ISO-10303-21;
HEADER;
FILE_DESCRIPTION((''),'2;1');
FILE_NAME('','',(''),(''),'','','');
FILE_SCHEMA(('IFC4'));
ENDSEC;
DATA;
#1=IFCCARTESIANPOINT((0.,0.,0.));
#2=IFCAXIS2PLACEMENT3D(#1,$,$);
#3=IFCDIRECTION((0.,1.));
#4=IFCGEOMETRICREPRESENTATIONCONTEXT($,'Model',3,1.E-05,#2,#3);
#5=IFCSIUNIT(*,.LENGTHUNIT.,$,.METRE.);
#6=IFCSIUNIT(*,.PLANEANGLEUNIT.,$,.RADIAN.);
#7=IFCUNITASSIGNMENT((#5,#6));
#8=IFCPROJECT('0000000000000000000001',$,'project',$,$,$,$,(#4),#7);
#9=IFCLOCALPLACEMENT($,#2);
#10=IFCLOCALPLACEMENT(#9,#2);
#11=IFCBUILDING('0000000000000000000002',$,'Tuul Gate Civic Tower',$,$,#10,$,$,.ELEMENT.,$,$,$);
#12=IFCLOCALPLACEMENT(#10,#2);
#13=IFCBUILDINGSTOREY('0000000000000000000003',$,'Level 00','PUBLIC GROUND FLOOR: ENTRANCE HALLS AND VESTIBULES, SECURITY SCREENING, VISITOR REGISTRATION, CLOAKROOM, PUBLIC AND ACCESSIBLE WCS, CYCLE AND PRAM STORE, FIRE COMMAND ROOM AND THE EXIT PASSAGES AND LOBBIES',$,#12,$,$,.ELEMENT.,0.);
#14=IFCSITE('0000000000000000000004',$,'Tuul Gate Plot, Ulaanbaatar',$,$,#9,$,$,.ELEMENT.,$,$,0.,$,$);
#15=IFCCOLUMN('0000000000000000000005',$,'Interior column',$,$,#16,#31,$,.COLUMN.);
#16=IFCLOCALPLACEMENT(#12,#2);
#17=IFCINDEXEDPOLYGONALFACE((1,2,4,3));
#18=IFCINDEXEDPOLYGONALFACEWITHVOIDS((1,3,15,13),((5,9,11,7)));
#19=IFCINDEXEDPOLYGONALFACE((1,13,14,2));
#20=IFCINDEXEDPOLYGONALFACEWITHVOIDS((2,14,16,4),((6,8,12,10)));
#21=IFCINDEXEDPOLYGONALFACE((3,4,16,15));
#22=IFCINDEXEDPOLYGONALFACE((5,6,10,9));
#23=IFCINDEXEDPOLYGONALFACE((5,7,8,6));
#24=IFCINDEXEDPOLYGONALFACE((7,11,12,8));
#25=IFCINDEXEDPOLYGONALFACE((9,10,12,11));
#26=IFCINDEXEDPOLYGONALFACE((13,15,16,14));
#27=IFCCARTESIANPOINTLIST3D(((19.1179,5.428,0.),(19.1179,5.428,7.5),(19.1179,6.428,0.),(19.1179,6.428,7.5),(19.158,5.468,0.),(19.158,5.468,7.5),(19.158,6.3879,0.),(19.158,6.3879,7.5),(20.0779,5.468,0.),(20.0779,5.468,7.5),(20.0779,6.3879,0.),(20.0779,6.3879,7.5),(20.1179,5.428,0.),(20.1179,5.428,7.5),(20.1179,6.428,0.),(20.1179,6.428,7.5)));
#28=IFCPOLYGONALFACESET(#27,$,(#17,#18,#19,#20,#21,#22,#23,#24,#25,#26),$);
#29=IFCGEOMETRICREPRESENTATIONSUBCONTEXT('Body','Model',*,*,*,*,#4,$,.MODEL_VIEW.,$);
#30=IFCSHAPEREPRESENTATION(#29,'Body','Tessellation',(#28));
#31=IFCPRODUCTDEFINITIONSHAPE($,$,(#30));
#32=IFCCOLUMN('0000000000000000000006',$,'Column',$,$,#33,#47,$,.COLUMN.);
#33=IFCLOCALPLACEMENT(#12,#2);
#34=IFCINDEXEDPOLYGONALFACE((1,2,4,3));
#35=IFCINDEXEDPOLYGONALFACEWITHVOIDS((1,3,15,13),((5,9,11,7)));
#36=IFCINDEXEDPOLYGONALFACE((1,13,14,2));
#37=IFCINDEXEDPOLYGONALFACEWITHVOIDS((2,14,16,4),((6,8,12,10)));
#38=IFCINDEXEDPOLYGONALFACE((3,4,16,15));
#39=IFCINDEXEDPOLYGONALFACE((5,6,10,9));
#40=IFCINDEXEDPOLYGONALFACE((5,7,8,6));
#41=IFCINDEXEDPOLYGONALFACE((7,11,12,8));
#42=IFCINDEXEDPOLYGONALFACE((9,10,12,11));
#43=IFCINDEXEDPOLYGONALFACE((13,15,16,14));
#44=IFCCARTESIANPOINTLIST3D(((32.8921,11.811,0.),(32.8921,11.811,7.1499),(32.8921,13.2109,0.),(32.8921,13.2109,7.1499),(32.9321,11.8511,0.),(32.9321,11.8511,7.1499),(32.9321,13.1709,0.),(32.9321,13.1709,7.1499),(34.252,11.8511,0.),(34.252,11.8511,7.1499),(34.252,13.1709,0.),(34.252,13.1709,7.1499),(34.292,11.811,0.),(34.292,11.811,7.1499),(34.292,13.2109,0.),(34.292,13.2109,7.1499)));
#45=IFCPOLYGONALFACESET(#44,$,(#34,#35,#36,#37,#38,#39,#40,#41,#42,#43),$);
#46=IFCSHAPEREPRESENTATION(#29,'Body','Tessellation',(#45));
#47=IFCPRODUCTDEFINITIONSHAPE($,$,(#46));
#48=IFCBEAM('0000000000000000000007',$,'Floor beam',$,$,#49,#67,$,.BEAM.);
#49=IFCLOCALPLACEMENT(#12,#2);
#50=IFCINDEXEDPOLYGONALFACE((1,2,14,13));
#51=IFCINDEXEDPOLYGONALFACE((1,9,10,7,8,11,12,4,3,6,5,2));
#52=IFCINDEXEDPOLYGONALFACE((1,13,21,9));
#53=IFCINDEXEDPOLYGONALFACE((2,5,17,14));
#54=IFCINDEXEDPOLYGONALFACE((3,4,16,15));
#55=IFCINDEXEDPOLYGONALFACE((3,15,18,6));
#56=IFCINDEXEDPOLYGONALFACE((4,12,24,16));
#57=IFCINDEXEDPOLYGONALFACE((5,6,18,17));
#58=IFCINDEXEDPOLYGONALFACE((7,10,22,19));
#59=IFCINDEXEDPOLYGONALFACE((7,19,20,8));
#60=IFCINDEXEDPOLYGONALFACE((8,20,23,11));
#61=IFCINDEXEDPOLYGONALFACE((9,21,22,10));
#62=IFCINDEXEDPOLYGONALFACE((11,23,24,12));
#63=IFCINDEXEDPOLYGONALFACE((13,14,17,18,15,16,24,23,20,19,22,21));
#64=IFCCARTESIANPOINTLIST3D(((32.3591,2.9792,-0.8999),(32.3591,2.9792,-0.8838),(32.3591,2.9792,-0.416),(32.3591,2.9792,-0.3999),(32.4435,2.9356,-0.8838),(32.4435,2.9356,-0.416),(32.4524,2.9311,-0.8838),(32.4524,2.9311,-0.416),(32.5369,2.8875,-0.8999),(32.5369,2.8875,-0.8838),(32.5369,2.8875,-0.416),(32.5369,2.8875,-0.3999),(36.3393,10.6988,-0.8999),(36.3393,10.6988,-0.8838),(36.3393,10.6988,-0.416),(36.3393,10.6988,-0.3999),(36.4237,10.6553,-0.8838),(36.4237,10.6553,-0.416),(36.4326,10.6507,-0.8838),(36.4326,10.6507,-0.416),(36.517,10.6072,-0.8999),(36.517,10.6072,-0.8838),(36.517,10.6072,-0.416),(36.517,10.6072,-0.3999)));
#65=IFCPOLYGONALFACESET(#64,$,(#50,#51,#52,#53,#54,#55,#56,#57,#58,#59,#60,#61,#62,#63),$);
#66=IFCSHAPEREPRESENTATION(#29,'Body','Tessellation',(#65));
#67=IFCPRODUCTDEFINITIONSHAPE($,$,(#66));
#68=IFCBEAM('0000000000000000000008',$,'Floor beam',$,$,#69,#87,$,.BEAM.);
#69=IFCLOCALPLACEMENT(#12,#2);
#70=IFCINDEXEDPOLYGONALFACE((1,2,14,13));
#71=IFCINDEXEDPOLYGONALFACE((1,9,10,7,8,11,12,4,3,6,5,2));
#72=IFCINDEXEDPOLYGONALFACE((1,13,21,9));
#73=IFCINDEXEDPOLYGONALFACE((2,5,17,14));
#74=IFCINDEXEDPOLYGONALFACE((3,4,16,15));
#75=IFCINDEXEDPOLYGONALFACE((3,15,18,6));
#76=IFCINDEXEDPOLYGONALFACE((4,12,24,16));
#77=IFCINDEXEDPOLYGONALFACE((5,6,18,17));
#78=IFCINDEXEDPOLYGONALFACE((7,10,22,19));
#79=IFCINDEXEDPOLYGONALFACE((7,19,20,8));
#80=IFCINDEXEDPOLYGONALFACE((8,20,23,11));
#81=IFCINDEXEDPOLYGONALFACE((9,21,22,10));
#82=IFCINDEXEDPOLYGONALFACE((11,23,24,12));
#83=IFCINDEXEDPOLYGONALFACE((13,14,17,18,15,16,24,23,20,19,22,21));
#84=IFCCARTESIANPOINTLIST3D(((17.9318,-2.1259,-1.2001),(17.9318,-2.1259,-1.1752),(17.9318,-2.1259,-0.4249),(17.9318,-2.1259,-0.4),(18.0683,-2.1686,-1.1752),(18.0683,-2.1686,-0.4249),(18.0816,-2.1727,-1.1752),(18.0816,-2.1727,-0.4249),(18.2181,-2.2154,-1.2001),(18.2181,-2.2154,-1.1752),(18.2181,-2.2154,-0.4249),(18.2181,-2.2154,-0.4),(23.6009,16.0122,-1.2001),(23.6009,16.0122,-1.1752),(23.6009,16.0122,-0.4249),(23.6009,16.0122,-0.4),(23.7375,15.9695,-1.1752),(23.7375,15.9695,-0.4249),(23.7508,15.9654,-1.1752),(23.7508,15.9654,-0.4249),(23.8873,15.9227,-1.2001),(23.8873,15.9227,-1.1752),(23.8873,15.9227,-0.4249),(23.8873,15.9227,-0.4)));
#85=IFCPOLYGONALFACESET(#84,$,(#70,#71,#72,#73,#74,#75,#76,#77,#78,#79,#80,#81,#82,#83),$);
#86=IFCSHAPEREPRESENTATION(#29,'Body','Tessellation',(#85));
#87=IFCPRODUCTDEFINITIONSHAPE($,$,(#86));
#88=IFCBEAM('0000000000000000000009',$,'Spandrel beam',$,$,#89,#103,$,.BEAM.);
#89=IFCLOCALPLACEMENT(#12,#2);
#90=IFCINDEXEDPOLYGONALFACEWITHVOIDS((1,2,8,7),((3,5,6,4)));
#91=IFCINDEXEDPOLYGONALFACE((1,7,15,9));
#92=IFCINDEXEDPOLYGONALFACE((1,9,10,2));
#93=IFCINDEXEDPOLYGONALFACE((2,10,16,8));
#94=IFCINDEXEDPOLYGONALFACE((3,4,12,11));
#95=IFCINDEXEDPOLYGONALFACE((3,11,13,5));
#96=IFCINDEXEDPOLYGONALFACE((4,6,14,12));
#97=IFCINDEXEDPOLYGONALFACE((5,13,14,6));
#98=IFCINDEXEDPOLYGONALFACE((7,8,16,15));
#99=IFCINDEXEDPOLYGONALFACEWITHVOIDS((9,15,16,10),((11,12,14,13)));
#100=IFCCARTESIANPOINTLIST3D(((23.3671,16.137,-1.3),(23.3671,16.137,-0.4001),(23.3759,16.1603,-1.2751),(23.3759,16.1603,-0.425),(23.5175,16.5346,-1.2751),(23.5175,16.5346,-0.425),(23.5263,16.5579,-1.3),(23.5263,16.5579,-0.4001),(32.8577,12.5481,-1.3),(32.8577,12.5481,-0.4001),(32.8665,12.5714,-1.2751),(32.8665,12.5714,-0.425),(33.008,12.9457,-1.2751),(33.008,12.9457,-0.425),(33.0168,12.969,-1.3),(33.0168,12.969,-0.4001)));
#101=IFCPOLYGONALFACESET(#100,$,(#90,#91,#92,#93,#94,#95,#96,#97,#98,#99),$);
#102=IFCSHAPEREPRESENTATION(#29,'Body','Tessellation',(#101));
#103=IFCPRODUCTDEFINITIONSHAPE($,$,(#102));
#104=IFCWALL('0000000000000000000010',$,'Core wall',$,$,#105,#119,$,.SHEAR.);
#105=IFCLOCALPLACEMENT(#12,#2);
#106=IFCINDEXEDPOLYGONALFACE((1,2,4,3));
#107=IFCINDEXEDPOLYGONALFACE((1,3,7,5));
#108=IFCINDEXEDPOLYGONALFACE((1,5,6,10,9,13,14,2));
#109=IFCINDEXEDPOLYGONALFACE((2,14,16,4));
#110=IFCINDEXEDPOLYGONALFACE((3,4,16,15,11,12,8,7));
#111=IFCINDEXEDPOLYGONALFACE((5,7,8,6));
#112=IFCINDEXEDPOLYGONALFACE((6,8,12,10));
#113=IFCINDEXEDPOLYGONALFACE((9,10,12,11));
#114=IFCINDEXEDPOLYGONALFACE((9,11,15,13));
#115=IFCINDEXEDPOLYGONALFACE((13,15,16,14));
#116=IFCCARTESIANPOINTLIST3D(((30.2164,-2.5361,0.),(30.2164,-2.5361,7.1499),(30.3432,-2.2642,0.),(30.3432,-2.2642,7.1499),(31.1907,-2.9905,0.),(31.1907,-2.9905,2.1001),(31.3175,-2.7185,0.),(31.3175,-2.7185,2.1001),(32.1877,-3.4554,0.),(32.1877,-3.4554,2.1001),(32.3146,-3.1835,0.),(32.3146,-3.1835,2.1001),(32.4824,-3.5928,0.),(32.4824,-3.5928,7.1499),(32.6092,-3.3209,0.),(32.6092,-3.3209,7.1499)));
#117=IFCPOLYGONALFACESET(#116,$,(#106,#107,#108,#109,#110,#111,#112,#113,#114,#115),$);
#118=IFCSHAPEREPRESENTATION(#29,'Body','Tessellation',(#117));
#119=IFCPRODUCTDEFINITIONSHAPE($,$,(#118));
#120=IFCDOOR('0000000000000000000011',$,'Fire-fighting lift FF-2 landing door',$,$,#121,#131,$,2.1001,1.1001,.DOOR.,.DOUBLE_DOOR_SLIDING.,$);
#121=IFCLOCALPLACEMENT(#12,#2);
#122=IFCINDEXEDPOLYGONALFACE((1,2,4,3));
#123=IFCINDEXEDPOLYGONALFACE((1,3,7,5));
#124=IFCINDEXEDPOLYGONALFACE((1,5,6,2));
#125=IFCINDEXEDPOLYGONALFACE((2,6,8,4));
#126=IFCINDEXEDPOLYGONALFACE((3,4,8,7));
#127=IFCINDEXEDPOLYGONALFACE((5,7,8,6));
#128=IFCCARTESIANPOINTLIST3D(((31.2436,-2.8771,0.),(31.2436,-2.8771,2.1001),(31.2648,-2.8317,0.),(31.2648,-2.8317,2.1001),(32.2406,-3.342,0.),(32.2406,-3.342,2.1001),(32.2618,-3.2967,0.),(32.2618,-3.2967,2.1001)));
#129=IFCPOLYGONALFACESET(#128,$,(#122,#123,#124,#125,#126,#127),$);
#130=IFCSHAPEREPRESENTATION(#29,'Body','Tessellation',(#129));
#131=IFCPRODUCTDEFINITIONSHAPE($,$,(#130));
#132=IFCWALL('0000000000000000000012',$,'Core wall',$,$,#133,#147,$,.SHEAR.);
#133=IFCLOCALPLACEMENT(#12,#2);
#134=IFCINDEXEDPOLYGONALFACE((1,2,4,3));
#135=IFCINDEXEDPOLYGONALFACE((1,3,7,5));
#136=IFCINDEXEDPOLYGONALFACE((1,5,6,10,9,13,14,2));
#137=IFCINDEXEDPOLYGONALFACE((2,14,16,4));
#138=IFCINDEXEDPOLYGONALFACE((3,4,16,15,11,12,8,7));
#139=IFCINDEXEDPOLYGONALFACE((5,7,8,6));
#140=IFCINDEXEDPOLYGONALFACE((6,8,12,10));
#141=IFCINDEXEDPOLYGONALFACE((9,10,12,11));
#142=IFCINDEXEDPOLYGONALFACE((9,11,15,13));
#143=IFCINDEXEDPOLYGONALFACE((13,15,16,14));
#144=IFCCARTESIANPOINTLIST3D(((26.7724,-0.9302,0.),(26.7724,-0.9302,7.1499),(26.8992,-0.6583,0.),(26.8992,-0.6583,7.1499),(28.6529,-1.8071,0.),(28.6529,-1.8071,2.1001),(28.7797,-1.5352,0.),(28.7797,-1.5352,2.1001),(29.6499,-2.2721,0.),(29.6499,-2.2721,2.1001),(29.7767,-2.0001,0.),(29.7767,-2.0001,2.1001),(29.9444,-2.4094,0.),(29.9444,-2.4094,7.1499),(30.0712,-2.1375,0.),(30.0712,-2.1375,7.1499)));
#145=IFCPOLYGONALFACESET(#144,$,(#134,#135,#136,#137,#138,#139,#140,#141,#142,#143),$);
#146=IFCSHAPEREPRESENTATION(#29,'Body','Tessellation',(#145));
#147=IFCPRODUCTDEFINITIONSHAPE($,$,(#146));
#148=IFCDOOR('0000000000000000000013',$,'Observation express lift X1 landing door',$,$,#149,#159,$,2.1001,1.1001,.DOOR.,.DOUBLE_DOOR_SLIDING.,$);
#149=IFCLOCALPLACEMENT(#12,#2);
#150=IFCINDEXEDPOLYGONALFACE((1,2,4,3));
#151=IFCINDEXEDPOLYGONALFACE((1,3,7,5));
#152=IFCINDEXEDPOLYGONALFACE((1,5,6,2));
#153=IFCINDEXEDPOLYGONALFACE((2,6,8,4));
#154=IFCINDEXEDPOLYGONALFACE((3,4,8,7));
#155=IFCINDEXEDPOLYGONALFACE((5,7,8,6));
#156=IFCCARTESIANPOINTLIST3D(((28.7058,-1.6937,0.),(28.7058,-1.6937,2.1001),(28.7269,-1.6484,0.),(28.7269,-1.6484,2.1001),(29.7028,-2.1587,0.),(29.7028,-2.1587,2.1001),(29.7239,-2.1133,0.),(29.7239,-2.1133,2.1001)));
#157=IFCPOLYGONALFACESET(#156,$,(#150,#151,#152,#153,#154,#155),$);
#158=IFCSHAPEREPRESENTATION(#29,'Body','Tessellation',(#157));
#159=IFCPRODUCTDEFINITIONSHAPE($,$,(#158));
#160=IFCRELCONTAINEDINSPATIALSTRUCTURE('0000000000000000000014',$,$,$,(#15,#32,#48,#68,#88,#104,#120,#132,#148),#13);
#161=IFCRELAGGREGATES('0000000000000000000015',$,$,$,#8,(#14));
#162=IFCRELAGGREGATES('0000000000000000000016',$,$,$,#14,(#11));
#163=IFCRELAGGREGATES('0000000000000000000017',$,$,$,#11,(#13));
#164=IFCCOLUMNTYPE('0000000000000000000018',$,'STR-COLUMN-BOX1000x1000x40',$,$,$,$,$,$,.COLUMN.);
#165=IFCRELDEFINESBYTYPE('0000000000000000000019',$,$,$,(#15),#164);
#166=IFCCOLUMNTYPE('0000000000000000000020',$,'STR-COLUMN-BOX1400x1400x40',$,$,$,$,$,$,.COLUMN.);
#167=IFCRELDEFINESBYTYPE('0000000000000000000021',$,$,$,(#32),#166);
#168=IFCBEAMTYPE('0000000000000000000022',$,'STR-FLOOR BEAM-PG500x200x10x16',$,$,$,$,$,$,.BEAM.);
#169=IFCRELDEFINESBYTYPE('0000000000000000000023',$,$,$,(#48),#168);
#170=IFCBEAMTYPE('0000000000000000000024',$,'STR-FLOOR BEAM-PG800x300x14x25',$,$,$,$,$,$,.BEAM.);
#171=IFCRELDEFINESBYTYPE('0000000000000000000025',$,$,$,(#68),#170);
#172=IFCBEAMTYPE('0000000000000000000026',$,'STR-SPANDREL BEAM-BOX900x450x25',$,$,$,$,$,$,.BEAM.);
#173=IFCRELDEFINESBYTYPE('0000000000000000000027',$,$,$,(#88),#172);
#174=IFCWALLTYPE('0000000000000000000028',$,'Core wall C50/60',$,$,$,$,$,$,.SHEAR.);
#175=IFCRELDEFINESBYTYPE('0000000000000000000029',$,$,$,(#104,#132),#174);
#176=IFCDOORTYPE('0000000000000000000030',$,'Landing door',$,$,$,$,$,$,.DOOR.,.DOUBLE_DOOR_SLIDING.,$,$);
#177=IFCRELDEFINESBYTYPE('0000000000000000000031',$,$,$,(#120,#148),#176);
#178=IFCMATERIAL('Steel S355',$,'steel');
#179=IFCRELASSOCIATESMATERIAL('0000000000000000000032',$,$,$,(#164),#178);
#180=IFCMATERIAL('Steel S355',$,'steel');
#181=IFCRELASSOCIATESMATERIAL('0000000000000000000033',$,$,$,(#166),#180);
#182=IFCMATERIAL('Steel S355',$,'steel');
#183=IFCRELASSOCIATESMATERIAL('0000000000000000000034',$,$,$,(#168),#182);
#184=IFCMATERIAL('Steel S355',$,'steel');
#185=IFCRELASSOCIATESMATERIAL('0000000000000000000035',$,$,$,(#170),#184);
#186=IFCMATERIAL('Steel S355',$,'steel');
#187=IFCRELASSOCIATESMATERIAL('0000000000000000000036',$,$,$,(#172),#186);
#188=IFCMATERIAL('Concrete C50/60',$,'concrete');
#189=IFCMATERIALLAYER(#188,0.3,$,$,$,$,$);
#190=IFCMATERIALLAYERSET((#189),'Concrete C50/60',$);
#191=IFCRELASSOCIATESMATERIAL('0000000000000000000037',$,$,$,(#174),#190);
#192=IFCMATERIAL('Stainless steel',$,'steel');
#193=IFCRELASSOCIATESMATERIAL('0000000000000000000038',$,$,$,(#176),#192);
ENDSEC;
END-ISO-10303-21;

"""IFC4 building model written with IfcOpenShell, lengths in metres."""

from ifc_helpers import new_model, si_unit, direction, frame, frame_2d, origin, origin_2d, place, context, subcontext, project, spatial, rectangle, hollow_rectangle, i_section, extrude, material, layer, layer_set, material_profile, profile_set, type_object, element, fill, save


model = new_model("IFC4")

# Units and contexts
model_context = context("Model", 3, precision=1e-05, world=origin(), true_north=direction((0.0, 1.0)))
body_context = subcontext(model_context, "Body", "Model", "MODEL_VIEW")
ifc_project = project(units=[si_unit("LENGTHUNIT", "METRE"), si_unit("PLANEANGLEUNIT", "RADIAN")], contexts=[model_context])

# Site, building, storey
site_placement = place(None, origin())
site = spatial("IfcSite", under=ifc_project, at=site_placement, Name="Tuul Gate Plot, Ulaanbaatar", CompositionType="ELEMENT", RefElevation=0.0)
building_placement = place(site_placement, origin())
building = spatial("IfcBuilding", under=site, at=building_placement, Name="Tuul Gate Civic Tower", CompositionType="ELEMENT")
storey_placement = place(building_placement, origin())
storey = spatial("IfcBuildingStorey", under=building, at=storey_placement, Name="Level 00", Description="PUBLIC GROUND FLOOR: ENTRANCE HALLS AND VESTIBULES, SECURITY SCREENING, VISITOR REGISTRATION, CLOAKROOM, PUBLIC AND ACCESSIBLE WCS, CYCLE AND PRAM STORE, FIRE COMMAND ROOM AND THE EXIT PASSAGES AND LOBBIES", CompositionType="ELEMENT", Elevation=0.0)

# Columns
ifc_material_1 = material(Name="Steel S355", Category="steel")
ifc_material_profile_1 = material_profile(ifc_material_1, hollow_rectangle(XDim=1.0, YDim=1.0, WallThickness=0.04, at=origin_2d()), Name="BOX1000x1000x40")
ifc_profile_set_1 = profile_set([ifc_material_profile_1], Name="Steel S355")
column_type_1 = type_object("IfcColumnType", Name="STR-COLUMN-BOX1000x1000x40", PredefinedType="COLUMN", material=ifc_profile_set_1)
column_1_placement = place(storey_placement, frame((19.6179, 5.928, 0.0), z_axis=(0.0, 0.0, 1.0), x_axis=(1.0, 0.0, 0.0)))
element("IfcColumn", 1, at=column_1_placement, inside=storey, type_object=column_type_1, Name="Interior column", PredefinedType="COLUMN", context=body_context, shape_type="SweptSolid", body=[
    extrude(hollow_rectangle(XDim=1.0, YDim=1.0, WallThickness=0.04, at=origin_2d()), origin(), (0.0, 0.0, 1.0), 7.5),
])
ifc_material_2 = material(Name="Steel S355", Category="steel")
ifc_material_profile_2 = material_profile(ifc_material_2, hollow_rectangle(XDim=1.3999, YDim=1.3999, WallThickness=0.04, at=origin_2d()), Name="BOX1400x1400x40")
ifc_profile_set_2 = profile_set([ifc_material_profile_2], Name="Steel S355")
column_type_2 = type_object("IfcColumnType", Name="STR-COLUMN-BOX1400x1400x40", PredefinedType="COLUMN", material=ifc_profile_set_2)
column_2_placement = place(storey_placement, frame((33.592, 12.511, 0.0), z_axis=(0.0, 0.0, 1.0), x_axis=(1.0, 0.0, 0.0)))
element("IfcColumn", 2, at=column_2_placement, inside=storey, type_object=column_type_2, Name="Column", PredefinedType="COLUMN", context=body_context, shape_type="SweptSolid", body=[
    extrude(hollow_rectangle(XDim=1.3999, YDim=1.3999, WallThickness=0.04, at=origin_2d()), origin(), (0.0, 0.0, 1.0), 7.1499),
])

# Beams
ifc_material_3 = material(Name="Steel S355", Category="steel")
ifc_material_profile_3 = material_profile(ifc_material_3, i_section(OverallWidth=0.2, OverallDepth=0.5, WebThickness=0.01, FlangeThickness=0.0161, at=origin_2d()), Name="PG500x200x10x16")
ifc_profile_set_3 = profile_set([ifc_material_profile_3], Name="Steel S355")
beam_type_1 = type_object("IfcBeamType", Name="STR-FLOOR BEAM-PG500x200x10x16", PredefinedType="BEAM", material=ifc_profile_set_3)
beam_1_placement = place(storey_placement, frame((32.448, 2.9333, -0.6499), z_axis=(0.458266, 0.888815, 0.0), x_axis=(-0.888815, 0.458266, 0.0)))
element("IfcBeam", 3, at=beam_1_placement, inside=storey, type_object=beam_type_1, Name="Floor beam", PredefinedType="BEAM", context=body_context, shape_type="SweptSolid", body=[
    extrude(i_section(OverallWidth=0.2, OverallDepth=0.5, WebThickness=0.01, FlangeThickness=0.0161, at=origin_2d()), origin(), (0.0, 0.0, 1.0), 8.6853),
])
ifc_material_4 = material(Name="Steel S355", Category="steel")
ifc_material_profile_4 = material_profile(ifc_material_4, i_section(OverallWidth=0.3, OverallDepth=0.8, WebThickness=0.0139, FlangeThickness=0.0249, at=origin_2d()), Name="PG800x300x14x25")
ifc_profile_set_4 = profile_set([ifc_material_profile_4], Name="Steel S355")
beam_type_2 = type_object("IfcBeamType", Name="STR-FLOOR BEAM-PG800x300x14x25", PredefinedType="BEAM", material=ifc_profile_set_4)
beam_2_placement = place(storey_placement, frame((18.075, -2.1707, -0.8), z_axis=(0.298323, 0.954465, 0.0), x_axis=(-0.954465, 0.298323, 0.0)))
element("IfcBeam", 4, at=beam_2_placement, inside=storey, type_object=beam_type_2, Name="Floor beam", PredefinedType="BEAM", context=body_context, shape_type="SweptSolid", body=[
    extrude(i_section(OverallWidth=0.3, OverallDepth=0.8, WebThickness=0.0139, FlangeThickness=0.0249, at=origin_2d()), origin(), (0.0, 0.0, 1.0), 19.0034),
])
ifc_material_5 = material(Name="Steel S355", Category="steel")
ifc_material_profile_5 = material_profile(ifc_material_5, hollow_rectangle(XDim=0.45, YDim=0.8999, WallThickness=0.0249, at=origin_2d()), Name="BOX900x450x25")
ifc_profile_set_5 = profile_set([ifc_material_profile_5], Name="Steel S355")
beam_type_3 = type_object("IfcBeamType", Name="STR-SPANDREL BEAM-BOX900x450x25", PredefinedType="BEAM", material=ifc_profile_set_5)
beam_3_placement = place(storey_placement, frame((32.9373, 12.7585, -0.8501), z_axis=(-0.935356, 0.353709, 0.0), x_axis=(-0.353709, -0.935356, 0.0)))
element("IfcBeam", 5, at=beam_3_placement, inside=storey, type_object=beam_type_3, Name="Spandrel beam", PredefinedType="BEAM", context=body_context, shape_type="SweptSolid", body=[
    extrude(hollow_rectangle(XDim=0.45, YDim=0.8999, WallThickness=0.0249, at=origin_2d()), origin(), (0.0, 0.0, 1.0), 10.1465),
])

# Walls, openings, doors
ifc_material_6 = material(Name="Concrete C50/60", Category="concrete")
ifc_layer_1 = layer(ifc_material_6, 0.3)
ifc_layer_set_1 = layer_set([ifc_layer_1], Name="Concrete C50/60")
wall_type_1 = type_object("IfcWallType", Name="Core wall C50/60", PredefinedType="SHEAR", material=ifc_layer_set_1)
wall_1_placement = place(storey_placement, frame((32.5457, -3.4568, 0.0), z_axis=(0.0, 0.0, 1.0), x_axis=(-0.9063, 0.422634, 0.0)))
wall_1 = element("IfcWall", 6, at=wall_1_placement, inside=storey, type_object=wall_type_1, Name="Core wall", PredefinedType="SHEAR", context=body_context, shape_type="SweptSolid", body=[
    extrude(rectangle(XDim=2.5002, YDim=0.3, at=frame_2d((1.25, 0.0))), origin(), (0.0, 0.0, 1.0), 7.1499),
])
opening_1_placement = place(wall_1_placement, frame((0.325, 0.0, 0.0)))
opening_1 = element("IfcOpeningElement", 7, at=opening_1_placement, cuts=wall_1, PredefinedType="OPENING", context=body_context, shape_type="SweptSolid", body=[
    extrude(rectangle(XDim=1.1001, YDim=2.1001, at=frame_2d((0.55, 1.05))), frame((0.0, 0.1602, 0.0), z_axis=(0.0, -1.0, 0.0), x_axis=(1.0, 0.0, 0.0)), (0.0, 0.0, 1.0), 0.3201),
])
ifc_material_7 = material(Name="Stainless steel", Category="steel")
door_type_1 = type_object("IfcDoorType", Name="Landing door", OperationType="DOUBLE_DOOR_SLIDING", PredefinedType="DOOR", material=ifc_material_7)
door_1_placement = place(opening_1_placement, origin())
door_1 = element("IfcDoor", 8, at=door_1_placement, inside=storey, type_object=door_type_1, Name="Fire-fighting lift FF-2 landing door", OperationType="DOUBLE_DOOR_SLIDING", OverallHeight=2.1001, OverallWidth=1.1001, PredefinedType="DOOR", context=body_context, shape_type="SweptSolid", body=[
    extrude(rectangle(XDim=1.1001, YDim=2.1001, at=frame_2d((0.55, 1.05))), frame((0.0, 0.0249, 0.0), z_axis=(0.0, -1.0, 0.0), x_axis=(1.0, 0.0, 0.0)), (0.0, 0.0, 1.0), 0.05),
])
fill(opening_1, door_1)
wall_2_placement = place(storey_placement, frame((30.0078, -2.2734, 0.0), z_axis=(0.0, 0.0, 1.0), x_axis=(-0.906301, 0.422633, 0.0)))
wall_2 = element("IfcWall", 9, at=wall_2_placement, inside=storey, type_object=wall_type_1, Name="Core wall", PredefinedType="SHEAR", context=body_context, shape_type="SweptSolid", body=[
    extrude(rectangle(XDim=3.5, YDim=0.3, at=frame_2d((1.75, 0.0))), origin(), (0.0, 0.0, 1.0), 7.1499),
])
opening_2_placement = place(wall_2_placement, frame((0.325, 0.0, 0.0)))
opening_2 = element("IfcOpeningElement", 10, at=opening_2_placement, cuts=wall_2, PredefinedType="OPENING", context=body_context, shape_type="SweptSolid", body=[
    extrude(rectangle(XDim=1.1001, YDim=2.1001, at=frame_2d((0.55, 1.05))), frame((0.0, 0.1602, 0.0), z_axis=(0.0, -1.0, 0.0), x_axis=(1.0, 0.0, 0.0)), (0.0, 0.0, 1.0), 0.3201),
])
door_2_placement = place(opening_2_placement, origin())
door_2 = element("IfcDoor", 11, at=door_2_placement, inside=storey, type_object=door_type_1, Name="Observation express lift X1 landing door", OperationType="DOUBLE_DOOR_SLIDING", OverallHeight=2.1001, OverallWidth=1.1001, PredefinedType="DOOR", context=body_context, shape_type="SweptSolid", body=[
    extrude(rectangle(XDim=1.1001, YDim=2.1001, at=frame_2d((0.55, 1.05))), frame((0.0, 0.0249, 0.0), z_axis=(0.0, -1.0, 0.0), x_axis=(1.0, 0.0, 0.0)), (0.0, 0.0, 1.0), 0.05),
])
fill(opening_2, door_2)

save(model, "model.ifc")
